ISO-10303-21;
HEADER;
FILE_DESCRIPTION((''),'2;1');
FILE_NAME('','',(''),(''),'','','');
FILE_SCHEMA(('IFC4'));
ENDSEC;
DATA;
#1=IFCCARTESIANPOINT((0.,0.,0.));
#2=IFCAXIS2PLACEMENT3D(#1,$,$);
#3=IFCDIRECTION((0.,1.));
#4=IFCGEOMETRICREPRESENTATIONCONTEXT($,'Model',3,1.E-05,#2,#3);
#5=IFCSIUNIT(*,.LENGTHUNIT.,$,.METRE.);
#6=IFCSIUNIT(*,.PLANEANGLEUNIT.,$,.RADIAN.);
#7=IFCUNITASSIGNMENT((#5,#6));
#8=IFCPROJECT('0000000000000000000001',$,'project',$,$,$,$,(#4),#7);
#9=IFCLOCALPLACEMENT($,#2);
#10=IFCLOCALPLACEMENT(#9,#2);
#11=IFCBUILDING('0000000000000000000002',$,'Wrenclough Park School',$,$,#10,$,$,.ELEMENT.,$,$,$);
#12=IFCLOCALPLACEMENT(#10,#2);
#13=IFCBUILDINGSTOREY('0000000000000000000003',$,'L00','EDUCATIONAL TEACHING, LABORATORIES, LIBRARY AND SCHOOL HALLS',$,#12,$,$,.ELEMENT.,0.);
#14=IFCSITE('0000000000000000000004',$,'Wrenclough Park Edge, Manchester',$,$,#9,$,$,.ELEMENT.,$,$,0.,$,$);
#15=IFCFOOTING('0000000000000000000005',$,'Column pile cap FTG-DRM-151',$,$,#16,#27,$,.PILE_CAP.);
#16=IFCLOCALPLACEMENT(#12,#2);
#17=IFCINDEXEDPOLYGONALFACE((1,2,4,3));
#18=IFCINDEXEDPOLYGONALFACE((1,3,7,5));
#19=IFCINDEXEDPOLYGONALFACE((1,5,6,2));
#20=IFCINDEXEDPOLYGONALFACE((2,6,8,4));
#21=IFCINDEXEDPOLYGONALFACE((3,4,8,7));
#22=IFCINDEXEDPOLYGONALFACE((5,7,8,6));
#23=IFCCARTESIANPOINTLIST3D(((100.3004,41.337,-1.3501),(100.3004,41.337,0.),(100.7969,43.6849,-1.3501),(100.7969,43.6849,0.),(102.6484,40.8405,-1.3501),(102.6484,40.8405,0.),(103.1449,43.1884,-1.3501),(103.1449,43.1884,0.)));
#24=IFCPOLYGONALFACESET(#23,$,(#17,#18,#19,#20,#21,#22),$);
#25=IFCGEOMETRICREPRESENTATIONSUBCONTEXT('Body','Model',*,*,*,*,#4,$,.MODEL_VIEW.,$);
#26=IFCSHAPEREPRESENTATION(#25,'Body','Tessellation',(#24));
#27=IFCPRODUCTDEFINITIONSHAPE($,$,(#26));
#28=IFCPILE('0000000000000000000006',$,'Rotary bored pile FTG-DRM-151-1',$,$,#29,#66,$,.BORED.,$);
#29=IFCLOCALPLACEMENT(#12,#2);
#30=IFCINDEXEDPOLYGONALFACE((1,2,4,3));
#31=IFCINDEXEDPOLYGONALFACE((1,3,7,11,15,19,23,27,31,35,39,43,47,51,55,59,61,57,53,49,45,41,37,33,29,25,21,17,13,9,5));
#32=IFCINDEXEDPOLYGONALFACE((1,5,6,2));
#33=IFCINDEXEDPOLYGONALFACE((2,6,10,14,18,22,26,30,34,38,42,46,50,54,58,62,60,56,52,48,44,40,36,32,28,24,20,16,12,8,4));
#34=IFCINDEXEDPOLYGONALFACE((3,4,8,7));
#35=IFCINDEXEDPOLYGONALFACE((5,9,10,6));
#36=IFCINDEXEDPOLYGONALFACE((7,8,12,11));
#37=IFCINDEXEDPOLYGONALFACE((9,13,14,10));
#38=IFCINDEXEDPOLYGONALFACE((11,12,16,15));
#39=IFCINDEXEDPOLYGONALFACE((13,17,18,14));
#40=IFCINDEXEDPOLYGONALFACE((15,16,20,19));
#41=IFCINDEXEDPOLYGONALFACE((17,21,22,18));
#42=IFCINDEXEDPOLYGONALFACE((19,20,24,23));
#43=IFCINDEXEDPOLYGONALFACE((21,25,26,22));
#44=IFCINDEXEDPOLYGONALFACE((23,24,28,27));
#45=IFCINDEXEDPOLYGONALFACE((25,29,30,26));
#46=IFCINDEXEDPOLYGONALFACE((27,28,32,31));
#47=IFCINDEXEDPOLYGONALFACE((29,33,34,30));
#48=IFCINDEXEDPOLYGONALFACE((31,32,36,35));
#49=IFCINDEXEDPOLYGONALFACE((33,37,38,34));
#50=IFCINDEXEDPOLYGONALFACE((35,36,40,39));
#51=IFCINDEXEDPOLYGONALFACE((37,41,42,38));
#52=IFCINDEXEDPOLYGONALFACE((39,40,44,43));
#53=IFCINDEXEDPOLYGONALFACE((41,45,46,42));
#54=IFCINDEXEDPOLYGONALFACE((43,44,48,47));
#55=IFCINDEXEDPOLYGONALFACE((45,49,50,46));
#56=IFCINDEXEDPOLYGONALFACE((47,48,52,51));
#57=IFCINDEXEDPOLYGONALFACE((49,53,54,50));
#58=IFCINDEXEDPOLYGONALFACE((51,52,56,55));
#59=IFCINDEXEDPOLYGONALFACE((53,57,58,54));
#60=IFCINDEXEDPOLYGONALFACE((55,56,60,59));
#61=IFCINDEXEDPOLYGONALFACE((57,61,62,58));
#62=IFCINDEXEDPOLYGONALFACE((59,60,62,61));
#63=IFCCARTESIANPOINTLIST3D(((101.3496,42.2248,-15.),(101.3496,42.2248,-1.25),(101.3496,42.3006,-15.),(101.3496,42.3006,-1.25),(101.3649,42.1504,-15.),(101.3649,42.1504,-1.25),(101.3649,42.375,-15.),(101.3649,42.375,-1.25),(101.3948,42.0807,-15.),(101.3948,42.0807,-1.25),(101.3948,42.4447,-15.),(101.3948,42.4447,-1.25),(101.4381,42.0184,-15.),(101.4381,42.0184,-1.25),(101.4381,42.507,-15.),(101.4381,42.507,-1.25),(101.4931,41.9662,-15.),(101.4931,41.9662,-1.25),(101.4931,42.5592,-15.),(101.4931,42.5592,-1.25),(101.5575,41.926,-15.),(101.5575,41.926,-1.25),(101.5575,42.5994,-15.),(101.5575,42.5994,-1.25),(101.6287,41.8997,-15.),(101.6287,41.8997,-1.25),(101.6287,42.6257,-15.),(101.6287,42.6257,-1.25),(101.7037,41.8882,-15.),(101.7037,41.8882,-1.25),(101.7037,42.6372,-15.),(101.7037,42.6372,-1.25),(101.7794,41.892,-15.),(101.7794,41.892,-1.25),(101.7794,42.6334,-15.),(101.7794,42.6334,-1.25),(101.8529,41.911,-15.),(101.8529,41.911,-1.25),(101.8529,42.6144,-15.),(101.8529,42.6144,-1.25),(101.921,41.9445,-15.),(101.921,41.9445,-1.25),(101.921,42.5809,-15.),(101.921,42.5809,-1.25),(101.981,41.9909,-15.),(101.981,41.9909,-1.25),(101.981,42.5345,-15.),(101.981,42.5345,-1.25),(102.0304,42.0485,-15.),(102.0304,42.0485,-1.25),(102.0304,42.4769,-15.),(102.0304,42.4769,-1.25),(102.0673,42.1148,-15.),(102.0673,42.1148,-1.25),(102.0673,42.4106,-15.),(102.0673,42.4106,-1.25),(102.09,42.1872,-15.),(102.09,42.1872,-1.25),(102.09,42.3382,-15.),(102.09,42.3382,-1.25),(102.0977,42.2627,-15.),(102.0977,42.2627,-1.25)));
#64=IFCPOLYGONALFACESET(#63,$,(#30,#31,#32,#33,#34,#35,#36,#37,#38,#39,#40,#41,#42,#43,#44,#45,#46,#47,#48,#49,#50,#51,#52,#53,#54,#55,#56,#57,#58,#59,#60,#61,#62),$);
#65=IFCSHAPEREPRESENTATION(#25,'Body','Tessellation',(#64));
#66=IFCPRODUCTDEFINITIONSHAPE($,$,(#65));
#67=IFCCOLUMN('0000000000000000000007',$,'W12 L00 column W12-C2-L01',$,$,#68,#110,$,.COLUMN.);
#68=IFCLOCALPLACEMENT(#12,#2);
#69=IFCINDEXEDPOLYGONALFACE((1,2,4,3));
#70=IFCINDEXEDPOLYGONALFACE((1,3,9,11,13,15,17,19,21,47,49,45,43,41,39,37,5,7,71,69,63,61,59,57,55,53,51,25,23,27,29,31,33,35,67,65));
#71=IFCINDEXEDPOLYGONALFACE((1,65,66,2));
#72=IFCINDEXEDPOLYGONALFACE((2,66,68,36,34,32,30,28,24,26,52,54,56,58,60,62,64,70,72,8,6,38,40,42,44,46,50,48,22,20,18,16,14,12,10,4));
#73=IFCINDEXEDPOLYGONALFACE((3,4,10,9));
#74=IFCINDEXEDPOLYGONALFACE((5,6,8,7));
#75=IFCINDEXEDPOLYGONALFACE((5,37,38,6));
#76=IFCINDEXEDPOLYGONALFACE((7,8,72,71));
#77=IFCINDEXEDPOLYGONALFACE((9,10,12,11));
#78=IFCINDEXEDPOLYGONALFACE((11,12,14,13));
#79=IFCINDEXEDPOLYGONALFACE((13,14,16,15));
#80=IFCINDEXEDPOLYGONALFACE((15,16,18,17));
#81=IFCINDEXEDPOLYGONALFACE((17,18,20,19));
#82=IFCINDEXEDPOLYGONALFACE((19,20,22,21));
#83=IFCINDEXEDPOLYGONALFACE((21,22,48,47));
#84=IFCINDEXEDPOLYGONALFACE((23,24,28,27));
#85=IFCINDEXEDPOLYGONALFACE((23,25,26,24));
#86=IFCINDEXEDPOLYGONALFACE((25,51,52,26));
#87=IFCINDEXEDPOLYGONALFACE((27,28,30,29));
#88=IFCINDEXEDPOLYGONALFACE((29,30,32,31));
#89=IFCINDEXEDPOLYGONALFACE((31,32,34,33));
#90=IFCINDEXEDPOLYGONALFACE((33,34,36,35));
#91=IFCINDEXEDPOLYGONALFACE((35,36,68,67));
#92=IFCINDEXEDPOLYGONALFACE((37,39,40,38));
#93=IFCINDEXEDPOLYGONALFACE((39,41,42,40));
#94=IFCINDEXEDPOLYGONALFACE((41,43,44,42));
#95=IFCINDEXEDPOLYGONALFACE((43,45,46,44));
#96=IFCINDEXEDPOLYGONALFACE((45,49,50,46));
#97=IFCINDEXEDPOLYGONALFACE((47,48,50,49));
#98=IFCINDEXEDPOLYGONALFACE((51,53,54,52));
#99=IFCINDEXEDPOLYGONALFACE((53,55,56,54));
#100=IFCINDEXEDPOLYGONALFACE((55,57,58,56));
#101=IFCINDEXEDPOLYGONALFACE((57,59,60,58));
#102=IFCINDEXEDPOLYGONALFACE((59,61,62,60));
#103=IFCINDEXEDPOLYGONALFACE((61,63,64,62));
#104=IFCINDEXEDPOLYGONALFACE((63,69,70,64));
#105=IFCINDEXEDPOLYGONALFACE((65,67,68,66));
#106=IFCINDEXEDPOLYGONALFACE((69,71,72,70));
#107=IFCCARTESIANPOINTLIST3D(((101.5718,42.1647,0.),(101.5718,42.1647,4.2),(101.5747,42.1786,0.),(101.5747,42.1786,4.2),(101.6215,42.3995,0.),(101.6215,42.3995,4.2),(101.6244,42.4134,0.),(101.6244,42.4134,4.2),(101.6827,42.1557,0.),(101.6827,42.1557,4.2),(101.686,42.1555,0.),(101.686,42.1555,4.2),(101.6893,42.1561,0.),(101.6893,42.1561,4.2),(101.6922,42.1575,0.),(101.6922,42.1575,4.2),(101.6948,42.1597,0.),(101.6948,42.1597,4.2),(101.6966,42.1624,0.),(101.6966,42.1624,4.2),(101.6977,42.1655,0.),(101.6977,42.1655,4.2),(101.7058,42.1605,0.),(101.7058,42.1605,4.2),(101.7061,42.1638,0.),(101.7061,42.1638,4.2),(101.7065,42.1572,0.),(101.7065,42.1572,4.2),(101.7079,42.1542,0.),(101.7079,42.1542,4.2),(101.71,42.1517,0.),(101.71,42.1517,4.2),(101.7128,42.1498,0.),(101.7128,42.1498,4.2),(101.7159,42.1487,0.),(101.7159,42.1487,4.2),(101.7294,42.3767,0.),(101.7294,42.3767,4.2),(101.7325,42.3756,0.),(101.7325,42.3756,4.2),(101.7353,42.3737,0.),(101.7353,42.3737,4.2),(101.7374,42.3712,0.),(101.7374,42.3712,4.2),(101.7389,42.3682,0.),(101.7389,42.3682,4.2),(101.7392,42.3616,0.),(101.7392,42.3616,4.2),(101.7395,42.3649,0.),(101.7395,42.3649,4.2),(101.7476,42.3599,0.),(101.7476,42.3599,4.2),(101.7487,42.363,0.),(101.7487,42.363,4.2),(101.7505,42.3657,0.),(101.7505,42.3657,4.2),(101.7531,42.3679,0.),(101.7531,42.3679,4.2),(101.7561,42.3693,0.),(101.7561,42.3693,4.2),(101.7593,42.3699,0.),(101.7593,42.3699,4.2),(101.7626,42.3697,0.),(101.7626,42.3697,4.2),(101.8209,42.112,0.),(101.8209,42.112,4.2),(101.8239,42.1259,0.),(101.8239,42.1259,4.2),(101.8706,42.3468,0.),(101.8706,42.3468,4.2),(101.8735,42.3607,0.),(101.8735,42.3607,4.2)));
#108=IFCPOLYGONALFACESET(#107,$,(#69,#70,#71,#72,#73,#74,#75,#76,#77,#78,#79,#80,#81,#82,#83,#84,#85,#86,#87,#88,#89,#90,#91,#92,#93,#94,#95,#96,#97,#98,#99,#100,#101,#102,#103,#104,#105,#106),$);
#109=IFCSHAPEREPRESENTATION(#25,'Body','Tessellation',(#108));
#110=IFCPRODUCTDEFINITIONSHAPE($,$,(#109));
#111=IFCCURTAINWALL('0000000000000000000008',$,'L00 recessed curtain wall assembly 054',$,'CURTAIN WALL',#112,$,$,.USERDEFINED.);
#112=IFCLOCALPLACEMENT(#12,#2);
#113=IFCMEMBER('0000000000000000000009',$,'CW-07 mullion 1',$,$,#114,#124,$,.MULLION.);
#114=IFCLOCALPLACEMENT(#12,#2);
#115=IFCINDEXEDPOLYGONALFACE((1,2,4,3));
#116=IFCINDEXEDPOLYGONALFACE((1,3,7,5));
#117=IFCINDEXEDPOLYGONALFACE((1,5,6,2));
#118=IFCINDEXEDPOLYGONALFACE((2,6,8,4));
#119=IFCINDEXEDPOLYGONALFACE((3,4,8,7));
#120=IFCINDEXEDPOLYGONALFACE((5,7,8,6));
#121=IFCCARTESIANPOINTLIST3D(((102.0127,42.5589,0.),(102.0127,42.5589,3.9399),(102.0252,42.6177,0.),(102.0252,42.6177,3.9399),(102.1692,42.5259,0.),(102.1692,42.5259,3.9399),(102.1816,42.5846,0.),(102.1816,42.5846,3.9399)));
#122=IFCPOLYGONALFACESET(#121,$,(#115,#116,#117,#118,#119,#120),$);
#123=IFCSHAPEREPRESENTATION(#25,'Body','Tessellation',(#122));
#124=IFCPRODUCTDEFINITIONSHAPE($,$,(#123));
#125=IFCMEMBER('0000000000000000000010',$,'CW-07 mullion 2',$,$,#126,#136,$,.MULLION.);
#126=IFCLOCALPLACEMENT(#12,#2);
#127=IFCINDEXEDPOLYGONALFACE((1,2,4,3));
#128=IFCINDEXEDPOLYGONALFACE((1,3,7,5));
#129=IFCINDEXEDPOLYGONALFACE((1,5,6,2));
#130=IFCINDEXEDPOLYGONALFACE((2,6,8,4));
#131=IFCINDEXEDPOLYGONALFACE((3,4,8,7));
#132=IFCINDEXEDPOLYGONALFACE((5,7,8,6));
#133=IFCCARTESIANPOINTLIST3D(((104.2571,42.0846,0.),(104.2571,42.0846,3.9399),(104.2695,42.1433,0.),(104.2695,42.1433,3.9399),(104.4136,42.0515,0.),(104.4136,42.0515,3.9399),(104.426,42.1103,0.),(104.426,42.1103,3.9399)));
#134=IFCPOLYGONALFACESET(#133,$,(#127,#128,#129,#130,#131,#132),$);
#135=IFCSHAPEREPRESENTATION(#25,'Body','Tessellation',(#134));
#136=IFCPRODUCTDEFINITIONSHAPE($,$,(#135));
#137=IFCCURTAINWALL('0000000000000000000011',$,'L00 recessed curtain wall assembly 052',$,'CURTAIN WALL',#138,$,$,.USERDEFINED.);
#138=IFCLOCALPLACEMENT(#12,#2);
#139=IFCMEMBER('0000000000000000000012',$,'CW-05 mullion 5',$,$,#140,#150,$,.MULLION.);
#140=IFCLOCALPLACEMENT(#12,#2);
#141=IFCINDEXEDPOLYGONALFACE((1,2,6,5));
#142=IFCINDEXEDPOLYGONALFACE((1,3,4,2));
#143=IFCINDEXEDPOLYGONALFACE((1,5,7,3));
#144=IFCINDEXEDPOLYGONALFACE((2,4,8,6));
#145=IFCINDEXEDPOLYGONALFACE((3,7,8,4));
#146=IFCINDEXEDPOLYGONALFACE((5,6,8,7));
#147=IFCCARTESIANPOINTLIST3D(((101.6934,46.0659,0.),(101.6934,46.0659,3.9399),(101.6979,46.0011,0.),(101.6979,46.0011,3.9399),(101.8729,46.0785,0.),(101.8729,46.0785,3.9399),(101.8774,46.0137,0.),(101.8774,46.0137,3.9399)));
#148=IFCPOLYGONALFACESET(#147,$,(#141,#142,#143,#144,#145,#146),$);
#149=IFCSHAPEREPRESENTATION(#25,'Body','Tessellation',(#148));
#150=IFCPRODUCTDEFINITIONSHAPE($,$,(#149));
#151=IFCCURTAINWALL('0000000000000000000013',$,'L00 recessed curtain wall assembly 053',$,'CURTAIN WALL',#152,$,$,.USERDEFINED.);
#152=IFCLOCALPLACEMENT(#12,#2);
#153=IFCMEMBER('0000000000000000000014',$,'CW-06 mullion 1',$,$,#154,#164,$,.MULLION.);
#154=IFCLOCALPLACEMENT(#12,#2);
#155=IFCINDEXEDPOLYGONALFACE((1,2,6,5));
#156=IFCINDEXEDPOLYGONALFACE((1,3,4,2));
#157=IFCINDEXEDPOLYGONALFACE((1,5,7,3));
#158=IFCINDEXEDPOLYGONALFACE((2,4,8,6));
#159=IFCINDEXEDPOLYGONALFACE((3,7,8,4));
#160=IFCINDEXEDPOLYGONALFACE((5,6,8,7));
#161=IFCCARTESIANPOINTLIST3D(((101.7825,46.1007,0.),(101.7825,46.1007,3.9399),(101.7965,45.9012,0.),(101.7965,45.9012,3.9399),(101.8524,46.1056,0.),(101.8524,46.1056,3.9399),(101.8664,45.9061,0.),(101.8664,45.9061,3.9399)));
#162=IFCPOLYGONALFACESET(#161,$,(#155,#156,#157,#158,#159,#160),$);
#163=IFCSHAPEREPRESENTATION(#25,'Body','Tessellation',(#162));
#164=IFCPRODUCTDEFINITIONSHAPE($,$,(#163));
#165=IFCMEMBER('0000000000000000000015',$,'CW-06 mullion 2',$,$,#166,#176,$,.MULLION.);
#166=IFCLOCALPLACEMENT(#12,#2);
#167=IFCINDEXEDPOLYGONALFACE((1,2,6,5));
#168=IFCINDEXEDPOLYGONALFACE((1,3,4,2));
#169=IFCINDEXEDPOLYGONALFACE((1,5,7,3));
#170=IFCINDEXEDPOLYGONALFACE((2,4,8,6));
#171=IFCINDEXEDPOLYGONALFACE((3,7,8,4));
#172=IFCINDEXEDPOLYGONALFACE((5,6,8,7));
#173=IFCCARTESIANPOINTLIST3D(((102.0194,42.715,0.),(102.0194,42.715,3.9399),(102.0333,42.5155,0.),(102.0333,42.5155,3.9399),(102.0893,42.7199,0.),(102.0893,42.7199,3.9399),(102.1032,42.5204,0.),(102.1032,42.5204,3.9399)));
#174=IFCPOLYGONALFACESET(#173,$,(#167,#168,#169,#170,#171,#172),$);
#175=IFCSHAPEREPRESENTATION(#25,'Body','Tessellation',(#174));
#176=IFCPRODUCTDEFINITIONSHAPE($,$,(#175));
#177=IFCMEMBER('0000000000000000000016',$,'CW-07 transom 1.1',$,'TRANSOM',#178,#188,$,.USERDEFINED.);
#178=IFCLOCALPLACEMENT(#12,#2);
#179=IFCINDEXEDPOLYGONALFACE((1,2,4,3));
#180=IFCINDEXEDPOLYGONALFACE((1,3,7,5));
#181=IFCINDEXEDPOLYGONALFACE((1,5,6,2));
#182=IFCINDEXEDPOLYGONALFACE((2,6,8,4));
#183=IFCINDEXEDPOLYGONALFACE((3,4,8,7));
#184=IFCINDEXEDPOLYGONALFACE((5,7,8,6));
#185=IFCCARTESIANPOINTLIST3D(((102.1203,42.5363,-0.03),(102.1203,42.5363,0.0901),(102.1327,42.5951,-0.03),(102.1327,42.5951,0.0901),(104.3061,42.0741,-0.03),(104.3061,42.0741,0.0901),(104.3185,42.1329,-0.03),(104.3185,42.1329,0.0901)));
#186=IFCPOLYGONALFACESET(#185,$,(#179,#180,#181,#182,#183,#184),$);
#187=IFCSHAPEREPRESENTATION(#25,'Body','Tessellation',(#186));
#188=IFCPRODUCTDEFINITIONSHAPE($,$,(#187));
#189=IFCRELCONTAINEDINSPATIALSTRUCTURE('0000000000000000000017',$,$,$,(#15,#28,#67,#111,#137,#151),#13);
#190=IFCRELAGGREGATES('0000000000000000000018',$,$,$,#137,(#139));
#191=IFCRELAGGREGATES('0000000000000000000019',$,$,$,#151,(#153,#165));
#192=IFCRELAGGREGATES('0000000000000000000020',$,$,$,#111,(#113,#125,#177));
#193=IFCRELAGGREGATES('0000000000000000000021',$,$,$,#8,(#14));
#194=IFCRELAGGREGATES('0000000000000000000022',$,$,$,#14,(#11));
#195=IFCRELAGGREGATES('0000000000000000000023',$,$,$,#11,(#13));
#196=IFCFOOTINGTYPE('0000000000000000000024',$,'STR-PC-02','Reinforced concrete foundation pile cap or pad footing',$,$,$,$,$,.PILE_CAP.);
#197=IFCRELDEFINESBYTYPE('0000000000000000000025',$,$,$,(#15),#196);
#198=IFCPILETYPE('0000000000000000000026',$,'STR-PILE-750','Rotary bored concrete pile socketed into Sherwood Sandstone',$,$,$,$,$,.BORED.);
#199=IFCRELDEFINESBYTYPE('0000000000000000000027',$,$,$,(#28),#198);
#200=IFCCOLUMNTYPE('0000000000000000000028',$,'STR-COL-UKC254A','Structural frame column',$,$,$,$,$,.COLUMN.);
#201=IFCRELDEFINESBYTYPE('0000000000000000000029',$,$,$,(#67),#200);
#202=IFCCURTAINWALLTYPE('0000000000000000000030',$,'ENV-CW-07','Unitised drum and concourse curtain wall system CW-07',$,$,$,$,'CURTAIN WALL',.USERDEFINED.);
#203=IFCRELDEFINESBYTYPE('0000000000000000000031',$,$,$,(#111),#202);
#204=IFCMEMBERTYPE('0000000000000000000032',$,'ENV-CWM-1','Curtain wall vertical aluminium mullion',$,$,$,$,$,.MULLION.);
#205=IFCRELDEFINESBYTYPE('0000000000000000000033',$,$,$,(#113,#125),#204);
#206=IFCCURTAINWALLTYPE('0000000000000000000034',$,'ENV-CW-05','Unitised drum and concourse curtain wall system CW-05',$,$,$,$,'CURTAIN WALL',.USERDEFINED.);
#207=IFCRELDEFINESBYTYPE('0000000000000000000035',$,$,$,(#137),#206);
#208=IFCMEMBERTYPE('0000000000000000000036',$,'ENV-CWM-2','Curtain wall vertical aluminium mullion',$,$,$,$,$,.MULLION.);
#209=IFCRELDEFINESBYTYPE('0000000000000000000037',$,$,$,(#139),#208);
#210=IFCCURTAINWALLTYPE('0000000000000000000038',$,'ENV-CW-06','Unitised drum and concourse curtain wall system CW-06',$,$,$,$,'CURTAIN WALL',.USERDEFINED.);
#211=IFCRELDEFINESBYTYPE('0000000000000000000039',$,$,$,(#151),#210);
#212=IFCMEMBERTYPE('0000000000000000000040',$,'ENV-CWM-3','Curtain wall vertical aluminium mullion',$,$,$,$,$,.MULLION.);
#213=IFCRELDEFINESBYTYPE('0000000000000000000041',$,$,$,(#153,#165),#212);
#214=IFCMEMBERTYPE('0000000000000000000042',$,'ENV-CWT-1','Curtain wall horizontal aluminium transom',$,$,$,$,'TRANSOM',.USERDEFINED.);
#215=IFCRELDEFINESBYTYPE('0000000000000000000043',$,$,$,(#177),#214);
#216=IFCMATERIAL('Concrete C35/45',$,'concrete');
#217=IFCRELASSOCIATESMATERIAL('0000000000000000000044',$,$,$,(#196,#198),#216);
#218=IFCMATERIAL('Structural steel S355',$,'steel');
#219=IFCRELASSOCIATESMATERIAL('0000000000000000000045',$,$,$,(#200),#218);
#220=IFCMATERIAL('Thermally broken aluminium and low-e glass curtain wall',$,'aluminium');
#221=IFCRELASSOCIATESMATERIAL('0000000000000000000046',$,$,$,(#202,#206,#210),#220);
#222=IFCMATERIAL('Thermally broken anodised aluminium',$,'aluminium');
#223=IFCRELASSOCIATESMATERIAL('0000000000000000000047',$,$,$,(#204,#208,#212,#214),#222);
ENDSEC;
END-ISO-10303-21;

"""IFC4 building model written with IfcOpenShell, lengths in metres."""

from ifc_helpers import new_model, si_unit, direction, frame, origin, origin_2d, place, context, subcontext, project, spatial, rectangle, circle, i_section, extrude, material, material_profile, profile_set, type_object, element, aggregate, save


model = new_model("IFC4")

# Units and contexts
model_context = context("Model", 3, precision=1e-05, world=origin(), true_north=direction((0.0, 1.0)))
body_context = subcontext(model_context, "Body", "Model", "MODEL_VIEW")
ifc_project = project(units=[si_unit("LENGTHUNIT", "METRE"), si_unit("PLANEANGLEUNIT", "RADIAN")], contexts=[model_context])

# Site, building, storey
site_placement = place(None, origin())
site = spatial("IfcSite", under=ifc_project, at=site_placement, Name="Wrenclough Park Edge, Manchester", CompositionType="ELEMENT", RefElevation=0.0)
building_placement = place(site_placement, origin())
building = spatial("IfcBuilding", under=site, at=building_placement, Name="Wrenclough Park School", CompositionType="ELEMENT")
storey_placement = place(building_placement, origin())
storey = spatial("IfcBuildingStorey", under=building, at=storey_placement, Name="L00", Description="EDUCATIONAL TEACHING, LABORATORIES, LIBRARY AND SCHOOL HALLS", CompositionType="ELEMENT", Elevation=0.0)

# Footing
ifc_material_1 = material(Name="Concrete C35/45", Category="concrete")
footing_type = type_object("IfcFootingType", Name="STR-PC-02", Description="Reinforced concrete foundation pile cap or pad footing", PredefinedType="PILE_CAP", material=ifc_material_1)
footing_placement = place(storey_placement, frame((101.7227, 42.2627, -1.3501), z_axis=(0.0, 0.0, 1.0), x_axis=(0.978365, -0.206887, 0.0)))
element("IfcFooting", 1, at=footing_placement, inside=storey, type_object=footing_type, Name="Column pile cap FTG-DRM-151", PredefinedType="PILE_CAP", context=body_context, shape_type="SweptSolid", body=[
    extrude(rectangle(XDim=2.3999, YDim=2.3999, at=origin_2d()), origin(), (0.0, 0.0, 1.0), 1.3501),
])

# Pile
ifc_material_profile_1 = material_profile(ifc_material_1, circle(Radius=0.375, at=origin_2d()), Name="BORED PILE D750")
ifc_profile_set_1 = profile_set([ifc_material_profile_1], Name="Concrete C35/45")
pile_type = type_object("IfcPileType", Name="STR-PILE-750", Description="Rotary bored concrete pile socketed into Sherwood Sandstone", PredefinedType="BORED", material=ifc_profile_set_1)
pile_placement = place(storey_placement, frame((101.7227, 42.2627, -1.25), z_axis=(0.0, 0.0, -1.0), x_axis=(1.0, 0.0, 0.0)))
element("IfcPile", 2, at=pile_placement, inside=storey, type_object=pile_type, Name="Rotary bored pile FTG-DRM-151-1", PredefinedType="BORED", context=body_context, shape_type="SweptSolid", body=[
    extrude(circle(Radius=0.375, at=origin_2d()), origin(), (0.0, 0.0, 1.0), 13.75),
])

# Column
ifc_material_2 = material(Name="Structural steel S355", Category="steel")
ifc_material_profile_2 = material_profile(ifc_material_2, i_section(OverallWidth=0.2546, OverallDepth=0.2542, WebThickness=0.0085, FlangeThickness=0.0142, FilletRadius=0.0127, at=origin_2d()), Name="UKC 254x254x73")
ifc_profile_set_2 = profile_set([ifc_material_profile_2], Name="Structural steel S355")
column_type = type_object("IfcColumnType", Name="STR-COL-UKC254A", Description="Structural frame column", PredefinedType="COLUMN", material=ifc_profile_set_2)
column_placement = place(storey_placement, frame((101.7227, 42.2627, 0.0), z_axis=(0.0, 0.0, 1.0), x_axis=(0.978365, -0.206887, 0.0)))
element("IfcColumn", 3, at=column_placement, inside=storey, type_object=column_type, Name="W12 L00 column W12-C2-L01", PredefinedType="COLUMN", context=body_context, shape_type="SweptSolid", body=[
    extrude(i_section(OverallWidth=0.2546, OverallDepth=0.2542, WebThickness=0.0085, FlangeThickness=0.0142, FilletRadius=0.0127, at=origin_2d()), origin(), (0.0, 0.0, 1.0), 4.2),
])

# Curtain wall, members
ifc_material_3 = material(Name="Thermally broken aluminium and low-e glass curtain wall", Category="aluminium")
curtain_wall_type_1 = type_object("IfcCurtainWallType", Name="ENV-CW-07", Description="Unitised drum and concourse curtain wall system CW-07", ElementType="CURTAIN WALL", PredefinedType="USERDEFINED", material=ifc_material_3)
curtain_wall_1_placement = place(storey_placement, origin())
curtain_wall_1 = element("IfcCurtainWall", 4, at=curtain_wall_1_placement, inside=storey, type_object=curtain_wall_type_1, Name="L00 recessed curtain wall assembly 054", ObjectType="CURTAIN WALL", PredefinedType="USERDEFINED")
ifc_material_4 = material(Name="Thermally broken anodised aluminium", Category="aluminium")
ifc_material_profile_3 = material_profile(ifc_material_4, rectangle(XDim=0.0601, YDim=0.1599, at=origin_2d()), Name="AL MULLION 60x160")
ifc_profile_set_3 = profile_set([ifc_material_profile_3], Name="Thermally broken anodised aluminium")
member_type_1 = type_object("IfcMemberType", Name="ENV-CWM-1", Description="Curtain wall vertical aluminium mullion", PredefinedType="MULLION", material=ifc_profile_set_3)
member_1_placement = place(storey_placement, frame((102.0972, 42.5718, 0.0), z_axis=(0.0, 0.0, 1.0), x_axis=(0.20682, 0.978379, 0.0)))
member_1 = element("IfcMember", 5, at=member_1_placement, type_object=member_type_1, Name="CW-07 mullion 1", PredefinedType="MULLION", context=body_context, shape_type="SweptSolid", body=[
    extrude(rectangle(XDim=0.0601, YDim=0.1599, at=origin_2d()), origin(), (0.0, 0.0, 1.0), 3.9399),
])
member_2_placement = place(storey_placement, frame((104.3416, 42.0974, 0.0), z_axis=(0.0, 0.0, 1.0), x_axis=(0.20682, 0.978379, 0.0)))
member_2 = element("IfcMember", 6, at=member_2_placement, type_object=member_type_1, Name="CW-07 mullion 2", PredefinedType="MULLION", context=body_context, shape_type="SweptSolid", body=[
    extrude(rectangle(XDim=0.0601, YDim=0.1599, at=origin_2d()), origin(), (0.0, 0.0, 1.0), 3.9399),
])

# Curtain wall, member
curtain_wall_type_2 = type_object("IfcCurtainWallType", Name="ENV-CW-05", Description="Unitised drum and concourse curtain wall system CW-05", ElementType="CURTAIN WALL", PredefinedType="USERDEFINED", material=ifc_material_3)
curtain_wall_2_placement = place(storey_placement, origin())
curtain_wall_2 = element("IfcCurtainWall", 7, at=curtain_wall_2_placement, inside=storey, type_object=curtain_wall_type_2, Name="L00 recessed curtain wall assembly 052", ObjectType="CURTAIN WALL", PredefinedType="USERDEFINED")
ifc_material_profile_4 = material_profile(ifc_material_4, rectangle(XDim=0.0649, YDim=0.1799, at=origin_2d()), Name="AL MULLION 65x180")
ifc_profile_set_4 = profile_set([ifc_material_profile_4], Name="Thermally broken anodised aluminium")
member_type_2 = type_object("IfcMemberType", Name="ENV-CWM-2", Description="Curtain wall vertical aluminium mullion", PredefinedType="MULLION", material=ifc_profile_set_4)
member_3_placement = place(storey_placement, frame((101.7854, 46.0398, 0.0), z_axis=(0.0, 0.0, 1.0), x_axis=(-0.069753, 0.997564, 0.0)))
member_3 = element("IfcMember", 8, at=member_3_placement, type_object=member_type_2, Name="CW-05 mullion 5", PredefinedType="MULLION", context=body_context, shape_type="SweptSolid", body=[
    extrude(rectangle(XDim=0.0649, YDim=0.1799, at=origin_2d()), origin(), (0.0, 0.0, 1.0), 3.9399),
])

# Curtain wall, members
curtain_wall_type_3 = type_object("IfcCurtainWallType", Name="ENV-CW-06", Description="Unitised drum and concourse curtain wall system CW-06", ElementType="CURTAIN WALL", PredefinedType="USERDEFINED", material=ifc_material_3)
curtain_wall_3_placement = place(storey_placement, origin())
curtain_wall_3 = element("IfcCurtainWall", 9, at=curtain_wall_3_placement, inside=storey, type_object=curtain_wall_type_3, Name="L00 recessed curtain wall assembly 053", ObjectType="CURTAIN WALL", PredefinedType="USERDEFINED")
ifc_material_profile_5 = material_profile(ifc_material_4, rectangle(XDim=0.0701, YDim=0.2, at=origin_2d()), Name="AL MULLION 70x200")
ifc_profile_set_5 = profile_set([ifc_material_profile_5], Name="Thermally broken anodised aluminium")
member_type_3 = type_object("IfcMemberType", Name="ENV-CWM-3", Description="Curtain wall vertical aluminium mullion", PredefinedType="MULLION", material=ifc_profile_set_5)
member_4_placement = place(storey_placement, frame((101.8245, 46.0034, 0.0), z_axis=(0.0, 0.0, 1.0), x_axis=(0.997567, 0.069719, 0.0)))
member_4 = element("IfcMember", 10, at=member_4_placement, type_object=member_type_3, Name="CW-06 mullion 1", PredefinedType="MULLION", context=body_context, shape_type="SweptSolid", body=[
    extrude(rectangle(XDim=0.0701, YDim=0.2, at=origin_2d()), origin(), (0.0, 0.0, 1.0), 3.9399),
])
member_5_placement = place(storey_placement, frame((102.0613, 42.6177, 0.0), z_axis=(0.0, 0.0, 1.0), x_axis=(0.997567, 0.069719, 0.0)))
member_5 = element("IfcMember", 11, at=member_5_placement, type_object=member_type_3, Name="CW-06 mullion 2", PredefinedType="MULLION", context=body_context, shape_type="SweptSolid", body=[
    extrude(rectangle(XDim=0.0701, YDim=0.2, at=origin_2d()), origin(), (0.0, 0.0, 1.0), 3.9399),
])

# Member
ifc_material_profile_6 = material_profile(ifc_material_4, rectangle(XDim=0.0601, YDim=0.1201, at=origin_2d()), Name="AL TRANSOM 60x120")
ifc_profile_set_6 = profile_set([ifc_material_profile_6], Name="Thermally broken anodised aluminium")
member_type_4 = type_object("IfcMemberType", Name="ENV-CWT-1", Description="Curtain wall horizontal aluminium transom", ElementType="TRANSOM", PredefinedType="USERDEFINED", material=ifc_profile_set_6)
member_6_placement = place(storey_placement, frame((102.1265, 42.5657, 0.03), z_axis=(0.97837, -0.206864, 0.0), x_axis=(0.206864, 0.97837, 0.0)))
member_6 = element("IfcMember", 12, at=member_6_placement, type_object=member_type_4, Name="CW-07 transom 1.1", ObjectType="TRANSOM", PredefinedType="USERDEFINED", context=body_context, shape_type="SweptSolid", body=[
    extrude(rectangle(XDim=0.0601, YDim=0.1201, at=origin_2d()), origin(), (0.0, 0.0, 1.0), 2.2341),
])

aggregate(curtain_wall_2, [member_3])
aggregate(curtain_wall_3, [member_4, member_5])
aggregate(curtain_wall_1, [member_1, member_2, member_6])

save(model, "model.ifc")
